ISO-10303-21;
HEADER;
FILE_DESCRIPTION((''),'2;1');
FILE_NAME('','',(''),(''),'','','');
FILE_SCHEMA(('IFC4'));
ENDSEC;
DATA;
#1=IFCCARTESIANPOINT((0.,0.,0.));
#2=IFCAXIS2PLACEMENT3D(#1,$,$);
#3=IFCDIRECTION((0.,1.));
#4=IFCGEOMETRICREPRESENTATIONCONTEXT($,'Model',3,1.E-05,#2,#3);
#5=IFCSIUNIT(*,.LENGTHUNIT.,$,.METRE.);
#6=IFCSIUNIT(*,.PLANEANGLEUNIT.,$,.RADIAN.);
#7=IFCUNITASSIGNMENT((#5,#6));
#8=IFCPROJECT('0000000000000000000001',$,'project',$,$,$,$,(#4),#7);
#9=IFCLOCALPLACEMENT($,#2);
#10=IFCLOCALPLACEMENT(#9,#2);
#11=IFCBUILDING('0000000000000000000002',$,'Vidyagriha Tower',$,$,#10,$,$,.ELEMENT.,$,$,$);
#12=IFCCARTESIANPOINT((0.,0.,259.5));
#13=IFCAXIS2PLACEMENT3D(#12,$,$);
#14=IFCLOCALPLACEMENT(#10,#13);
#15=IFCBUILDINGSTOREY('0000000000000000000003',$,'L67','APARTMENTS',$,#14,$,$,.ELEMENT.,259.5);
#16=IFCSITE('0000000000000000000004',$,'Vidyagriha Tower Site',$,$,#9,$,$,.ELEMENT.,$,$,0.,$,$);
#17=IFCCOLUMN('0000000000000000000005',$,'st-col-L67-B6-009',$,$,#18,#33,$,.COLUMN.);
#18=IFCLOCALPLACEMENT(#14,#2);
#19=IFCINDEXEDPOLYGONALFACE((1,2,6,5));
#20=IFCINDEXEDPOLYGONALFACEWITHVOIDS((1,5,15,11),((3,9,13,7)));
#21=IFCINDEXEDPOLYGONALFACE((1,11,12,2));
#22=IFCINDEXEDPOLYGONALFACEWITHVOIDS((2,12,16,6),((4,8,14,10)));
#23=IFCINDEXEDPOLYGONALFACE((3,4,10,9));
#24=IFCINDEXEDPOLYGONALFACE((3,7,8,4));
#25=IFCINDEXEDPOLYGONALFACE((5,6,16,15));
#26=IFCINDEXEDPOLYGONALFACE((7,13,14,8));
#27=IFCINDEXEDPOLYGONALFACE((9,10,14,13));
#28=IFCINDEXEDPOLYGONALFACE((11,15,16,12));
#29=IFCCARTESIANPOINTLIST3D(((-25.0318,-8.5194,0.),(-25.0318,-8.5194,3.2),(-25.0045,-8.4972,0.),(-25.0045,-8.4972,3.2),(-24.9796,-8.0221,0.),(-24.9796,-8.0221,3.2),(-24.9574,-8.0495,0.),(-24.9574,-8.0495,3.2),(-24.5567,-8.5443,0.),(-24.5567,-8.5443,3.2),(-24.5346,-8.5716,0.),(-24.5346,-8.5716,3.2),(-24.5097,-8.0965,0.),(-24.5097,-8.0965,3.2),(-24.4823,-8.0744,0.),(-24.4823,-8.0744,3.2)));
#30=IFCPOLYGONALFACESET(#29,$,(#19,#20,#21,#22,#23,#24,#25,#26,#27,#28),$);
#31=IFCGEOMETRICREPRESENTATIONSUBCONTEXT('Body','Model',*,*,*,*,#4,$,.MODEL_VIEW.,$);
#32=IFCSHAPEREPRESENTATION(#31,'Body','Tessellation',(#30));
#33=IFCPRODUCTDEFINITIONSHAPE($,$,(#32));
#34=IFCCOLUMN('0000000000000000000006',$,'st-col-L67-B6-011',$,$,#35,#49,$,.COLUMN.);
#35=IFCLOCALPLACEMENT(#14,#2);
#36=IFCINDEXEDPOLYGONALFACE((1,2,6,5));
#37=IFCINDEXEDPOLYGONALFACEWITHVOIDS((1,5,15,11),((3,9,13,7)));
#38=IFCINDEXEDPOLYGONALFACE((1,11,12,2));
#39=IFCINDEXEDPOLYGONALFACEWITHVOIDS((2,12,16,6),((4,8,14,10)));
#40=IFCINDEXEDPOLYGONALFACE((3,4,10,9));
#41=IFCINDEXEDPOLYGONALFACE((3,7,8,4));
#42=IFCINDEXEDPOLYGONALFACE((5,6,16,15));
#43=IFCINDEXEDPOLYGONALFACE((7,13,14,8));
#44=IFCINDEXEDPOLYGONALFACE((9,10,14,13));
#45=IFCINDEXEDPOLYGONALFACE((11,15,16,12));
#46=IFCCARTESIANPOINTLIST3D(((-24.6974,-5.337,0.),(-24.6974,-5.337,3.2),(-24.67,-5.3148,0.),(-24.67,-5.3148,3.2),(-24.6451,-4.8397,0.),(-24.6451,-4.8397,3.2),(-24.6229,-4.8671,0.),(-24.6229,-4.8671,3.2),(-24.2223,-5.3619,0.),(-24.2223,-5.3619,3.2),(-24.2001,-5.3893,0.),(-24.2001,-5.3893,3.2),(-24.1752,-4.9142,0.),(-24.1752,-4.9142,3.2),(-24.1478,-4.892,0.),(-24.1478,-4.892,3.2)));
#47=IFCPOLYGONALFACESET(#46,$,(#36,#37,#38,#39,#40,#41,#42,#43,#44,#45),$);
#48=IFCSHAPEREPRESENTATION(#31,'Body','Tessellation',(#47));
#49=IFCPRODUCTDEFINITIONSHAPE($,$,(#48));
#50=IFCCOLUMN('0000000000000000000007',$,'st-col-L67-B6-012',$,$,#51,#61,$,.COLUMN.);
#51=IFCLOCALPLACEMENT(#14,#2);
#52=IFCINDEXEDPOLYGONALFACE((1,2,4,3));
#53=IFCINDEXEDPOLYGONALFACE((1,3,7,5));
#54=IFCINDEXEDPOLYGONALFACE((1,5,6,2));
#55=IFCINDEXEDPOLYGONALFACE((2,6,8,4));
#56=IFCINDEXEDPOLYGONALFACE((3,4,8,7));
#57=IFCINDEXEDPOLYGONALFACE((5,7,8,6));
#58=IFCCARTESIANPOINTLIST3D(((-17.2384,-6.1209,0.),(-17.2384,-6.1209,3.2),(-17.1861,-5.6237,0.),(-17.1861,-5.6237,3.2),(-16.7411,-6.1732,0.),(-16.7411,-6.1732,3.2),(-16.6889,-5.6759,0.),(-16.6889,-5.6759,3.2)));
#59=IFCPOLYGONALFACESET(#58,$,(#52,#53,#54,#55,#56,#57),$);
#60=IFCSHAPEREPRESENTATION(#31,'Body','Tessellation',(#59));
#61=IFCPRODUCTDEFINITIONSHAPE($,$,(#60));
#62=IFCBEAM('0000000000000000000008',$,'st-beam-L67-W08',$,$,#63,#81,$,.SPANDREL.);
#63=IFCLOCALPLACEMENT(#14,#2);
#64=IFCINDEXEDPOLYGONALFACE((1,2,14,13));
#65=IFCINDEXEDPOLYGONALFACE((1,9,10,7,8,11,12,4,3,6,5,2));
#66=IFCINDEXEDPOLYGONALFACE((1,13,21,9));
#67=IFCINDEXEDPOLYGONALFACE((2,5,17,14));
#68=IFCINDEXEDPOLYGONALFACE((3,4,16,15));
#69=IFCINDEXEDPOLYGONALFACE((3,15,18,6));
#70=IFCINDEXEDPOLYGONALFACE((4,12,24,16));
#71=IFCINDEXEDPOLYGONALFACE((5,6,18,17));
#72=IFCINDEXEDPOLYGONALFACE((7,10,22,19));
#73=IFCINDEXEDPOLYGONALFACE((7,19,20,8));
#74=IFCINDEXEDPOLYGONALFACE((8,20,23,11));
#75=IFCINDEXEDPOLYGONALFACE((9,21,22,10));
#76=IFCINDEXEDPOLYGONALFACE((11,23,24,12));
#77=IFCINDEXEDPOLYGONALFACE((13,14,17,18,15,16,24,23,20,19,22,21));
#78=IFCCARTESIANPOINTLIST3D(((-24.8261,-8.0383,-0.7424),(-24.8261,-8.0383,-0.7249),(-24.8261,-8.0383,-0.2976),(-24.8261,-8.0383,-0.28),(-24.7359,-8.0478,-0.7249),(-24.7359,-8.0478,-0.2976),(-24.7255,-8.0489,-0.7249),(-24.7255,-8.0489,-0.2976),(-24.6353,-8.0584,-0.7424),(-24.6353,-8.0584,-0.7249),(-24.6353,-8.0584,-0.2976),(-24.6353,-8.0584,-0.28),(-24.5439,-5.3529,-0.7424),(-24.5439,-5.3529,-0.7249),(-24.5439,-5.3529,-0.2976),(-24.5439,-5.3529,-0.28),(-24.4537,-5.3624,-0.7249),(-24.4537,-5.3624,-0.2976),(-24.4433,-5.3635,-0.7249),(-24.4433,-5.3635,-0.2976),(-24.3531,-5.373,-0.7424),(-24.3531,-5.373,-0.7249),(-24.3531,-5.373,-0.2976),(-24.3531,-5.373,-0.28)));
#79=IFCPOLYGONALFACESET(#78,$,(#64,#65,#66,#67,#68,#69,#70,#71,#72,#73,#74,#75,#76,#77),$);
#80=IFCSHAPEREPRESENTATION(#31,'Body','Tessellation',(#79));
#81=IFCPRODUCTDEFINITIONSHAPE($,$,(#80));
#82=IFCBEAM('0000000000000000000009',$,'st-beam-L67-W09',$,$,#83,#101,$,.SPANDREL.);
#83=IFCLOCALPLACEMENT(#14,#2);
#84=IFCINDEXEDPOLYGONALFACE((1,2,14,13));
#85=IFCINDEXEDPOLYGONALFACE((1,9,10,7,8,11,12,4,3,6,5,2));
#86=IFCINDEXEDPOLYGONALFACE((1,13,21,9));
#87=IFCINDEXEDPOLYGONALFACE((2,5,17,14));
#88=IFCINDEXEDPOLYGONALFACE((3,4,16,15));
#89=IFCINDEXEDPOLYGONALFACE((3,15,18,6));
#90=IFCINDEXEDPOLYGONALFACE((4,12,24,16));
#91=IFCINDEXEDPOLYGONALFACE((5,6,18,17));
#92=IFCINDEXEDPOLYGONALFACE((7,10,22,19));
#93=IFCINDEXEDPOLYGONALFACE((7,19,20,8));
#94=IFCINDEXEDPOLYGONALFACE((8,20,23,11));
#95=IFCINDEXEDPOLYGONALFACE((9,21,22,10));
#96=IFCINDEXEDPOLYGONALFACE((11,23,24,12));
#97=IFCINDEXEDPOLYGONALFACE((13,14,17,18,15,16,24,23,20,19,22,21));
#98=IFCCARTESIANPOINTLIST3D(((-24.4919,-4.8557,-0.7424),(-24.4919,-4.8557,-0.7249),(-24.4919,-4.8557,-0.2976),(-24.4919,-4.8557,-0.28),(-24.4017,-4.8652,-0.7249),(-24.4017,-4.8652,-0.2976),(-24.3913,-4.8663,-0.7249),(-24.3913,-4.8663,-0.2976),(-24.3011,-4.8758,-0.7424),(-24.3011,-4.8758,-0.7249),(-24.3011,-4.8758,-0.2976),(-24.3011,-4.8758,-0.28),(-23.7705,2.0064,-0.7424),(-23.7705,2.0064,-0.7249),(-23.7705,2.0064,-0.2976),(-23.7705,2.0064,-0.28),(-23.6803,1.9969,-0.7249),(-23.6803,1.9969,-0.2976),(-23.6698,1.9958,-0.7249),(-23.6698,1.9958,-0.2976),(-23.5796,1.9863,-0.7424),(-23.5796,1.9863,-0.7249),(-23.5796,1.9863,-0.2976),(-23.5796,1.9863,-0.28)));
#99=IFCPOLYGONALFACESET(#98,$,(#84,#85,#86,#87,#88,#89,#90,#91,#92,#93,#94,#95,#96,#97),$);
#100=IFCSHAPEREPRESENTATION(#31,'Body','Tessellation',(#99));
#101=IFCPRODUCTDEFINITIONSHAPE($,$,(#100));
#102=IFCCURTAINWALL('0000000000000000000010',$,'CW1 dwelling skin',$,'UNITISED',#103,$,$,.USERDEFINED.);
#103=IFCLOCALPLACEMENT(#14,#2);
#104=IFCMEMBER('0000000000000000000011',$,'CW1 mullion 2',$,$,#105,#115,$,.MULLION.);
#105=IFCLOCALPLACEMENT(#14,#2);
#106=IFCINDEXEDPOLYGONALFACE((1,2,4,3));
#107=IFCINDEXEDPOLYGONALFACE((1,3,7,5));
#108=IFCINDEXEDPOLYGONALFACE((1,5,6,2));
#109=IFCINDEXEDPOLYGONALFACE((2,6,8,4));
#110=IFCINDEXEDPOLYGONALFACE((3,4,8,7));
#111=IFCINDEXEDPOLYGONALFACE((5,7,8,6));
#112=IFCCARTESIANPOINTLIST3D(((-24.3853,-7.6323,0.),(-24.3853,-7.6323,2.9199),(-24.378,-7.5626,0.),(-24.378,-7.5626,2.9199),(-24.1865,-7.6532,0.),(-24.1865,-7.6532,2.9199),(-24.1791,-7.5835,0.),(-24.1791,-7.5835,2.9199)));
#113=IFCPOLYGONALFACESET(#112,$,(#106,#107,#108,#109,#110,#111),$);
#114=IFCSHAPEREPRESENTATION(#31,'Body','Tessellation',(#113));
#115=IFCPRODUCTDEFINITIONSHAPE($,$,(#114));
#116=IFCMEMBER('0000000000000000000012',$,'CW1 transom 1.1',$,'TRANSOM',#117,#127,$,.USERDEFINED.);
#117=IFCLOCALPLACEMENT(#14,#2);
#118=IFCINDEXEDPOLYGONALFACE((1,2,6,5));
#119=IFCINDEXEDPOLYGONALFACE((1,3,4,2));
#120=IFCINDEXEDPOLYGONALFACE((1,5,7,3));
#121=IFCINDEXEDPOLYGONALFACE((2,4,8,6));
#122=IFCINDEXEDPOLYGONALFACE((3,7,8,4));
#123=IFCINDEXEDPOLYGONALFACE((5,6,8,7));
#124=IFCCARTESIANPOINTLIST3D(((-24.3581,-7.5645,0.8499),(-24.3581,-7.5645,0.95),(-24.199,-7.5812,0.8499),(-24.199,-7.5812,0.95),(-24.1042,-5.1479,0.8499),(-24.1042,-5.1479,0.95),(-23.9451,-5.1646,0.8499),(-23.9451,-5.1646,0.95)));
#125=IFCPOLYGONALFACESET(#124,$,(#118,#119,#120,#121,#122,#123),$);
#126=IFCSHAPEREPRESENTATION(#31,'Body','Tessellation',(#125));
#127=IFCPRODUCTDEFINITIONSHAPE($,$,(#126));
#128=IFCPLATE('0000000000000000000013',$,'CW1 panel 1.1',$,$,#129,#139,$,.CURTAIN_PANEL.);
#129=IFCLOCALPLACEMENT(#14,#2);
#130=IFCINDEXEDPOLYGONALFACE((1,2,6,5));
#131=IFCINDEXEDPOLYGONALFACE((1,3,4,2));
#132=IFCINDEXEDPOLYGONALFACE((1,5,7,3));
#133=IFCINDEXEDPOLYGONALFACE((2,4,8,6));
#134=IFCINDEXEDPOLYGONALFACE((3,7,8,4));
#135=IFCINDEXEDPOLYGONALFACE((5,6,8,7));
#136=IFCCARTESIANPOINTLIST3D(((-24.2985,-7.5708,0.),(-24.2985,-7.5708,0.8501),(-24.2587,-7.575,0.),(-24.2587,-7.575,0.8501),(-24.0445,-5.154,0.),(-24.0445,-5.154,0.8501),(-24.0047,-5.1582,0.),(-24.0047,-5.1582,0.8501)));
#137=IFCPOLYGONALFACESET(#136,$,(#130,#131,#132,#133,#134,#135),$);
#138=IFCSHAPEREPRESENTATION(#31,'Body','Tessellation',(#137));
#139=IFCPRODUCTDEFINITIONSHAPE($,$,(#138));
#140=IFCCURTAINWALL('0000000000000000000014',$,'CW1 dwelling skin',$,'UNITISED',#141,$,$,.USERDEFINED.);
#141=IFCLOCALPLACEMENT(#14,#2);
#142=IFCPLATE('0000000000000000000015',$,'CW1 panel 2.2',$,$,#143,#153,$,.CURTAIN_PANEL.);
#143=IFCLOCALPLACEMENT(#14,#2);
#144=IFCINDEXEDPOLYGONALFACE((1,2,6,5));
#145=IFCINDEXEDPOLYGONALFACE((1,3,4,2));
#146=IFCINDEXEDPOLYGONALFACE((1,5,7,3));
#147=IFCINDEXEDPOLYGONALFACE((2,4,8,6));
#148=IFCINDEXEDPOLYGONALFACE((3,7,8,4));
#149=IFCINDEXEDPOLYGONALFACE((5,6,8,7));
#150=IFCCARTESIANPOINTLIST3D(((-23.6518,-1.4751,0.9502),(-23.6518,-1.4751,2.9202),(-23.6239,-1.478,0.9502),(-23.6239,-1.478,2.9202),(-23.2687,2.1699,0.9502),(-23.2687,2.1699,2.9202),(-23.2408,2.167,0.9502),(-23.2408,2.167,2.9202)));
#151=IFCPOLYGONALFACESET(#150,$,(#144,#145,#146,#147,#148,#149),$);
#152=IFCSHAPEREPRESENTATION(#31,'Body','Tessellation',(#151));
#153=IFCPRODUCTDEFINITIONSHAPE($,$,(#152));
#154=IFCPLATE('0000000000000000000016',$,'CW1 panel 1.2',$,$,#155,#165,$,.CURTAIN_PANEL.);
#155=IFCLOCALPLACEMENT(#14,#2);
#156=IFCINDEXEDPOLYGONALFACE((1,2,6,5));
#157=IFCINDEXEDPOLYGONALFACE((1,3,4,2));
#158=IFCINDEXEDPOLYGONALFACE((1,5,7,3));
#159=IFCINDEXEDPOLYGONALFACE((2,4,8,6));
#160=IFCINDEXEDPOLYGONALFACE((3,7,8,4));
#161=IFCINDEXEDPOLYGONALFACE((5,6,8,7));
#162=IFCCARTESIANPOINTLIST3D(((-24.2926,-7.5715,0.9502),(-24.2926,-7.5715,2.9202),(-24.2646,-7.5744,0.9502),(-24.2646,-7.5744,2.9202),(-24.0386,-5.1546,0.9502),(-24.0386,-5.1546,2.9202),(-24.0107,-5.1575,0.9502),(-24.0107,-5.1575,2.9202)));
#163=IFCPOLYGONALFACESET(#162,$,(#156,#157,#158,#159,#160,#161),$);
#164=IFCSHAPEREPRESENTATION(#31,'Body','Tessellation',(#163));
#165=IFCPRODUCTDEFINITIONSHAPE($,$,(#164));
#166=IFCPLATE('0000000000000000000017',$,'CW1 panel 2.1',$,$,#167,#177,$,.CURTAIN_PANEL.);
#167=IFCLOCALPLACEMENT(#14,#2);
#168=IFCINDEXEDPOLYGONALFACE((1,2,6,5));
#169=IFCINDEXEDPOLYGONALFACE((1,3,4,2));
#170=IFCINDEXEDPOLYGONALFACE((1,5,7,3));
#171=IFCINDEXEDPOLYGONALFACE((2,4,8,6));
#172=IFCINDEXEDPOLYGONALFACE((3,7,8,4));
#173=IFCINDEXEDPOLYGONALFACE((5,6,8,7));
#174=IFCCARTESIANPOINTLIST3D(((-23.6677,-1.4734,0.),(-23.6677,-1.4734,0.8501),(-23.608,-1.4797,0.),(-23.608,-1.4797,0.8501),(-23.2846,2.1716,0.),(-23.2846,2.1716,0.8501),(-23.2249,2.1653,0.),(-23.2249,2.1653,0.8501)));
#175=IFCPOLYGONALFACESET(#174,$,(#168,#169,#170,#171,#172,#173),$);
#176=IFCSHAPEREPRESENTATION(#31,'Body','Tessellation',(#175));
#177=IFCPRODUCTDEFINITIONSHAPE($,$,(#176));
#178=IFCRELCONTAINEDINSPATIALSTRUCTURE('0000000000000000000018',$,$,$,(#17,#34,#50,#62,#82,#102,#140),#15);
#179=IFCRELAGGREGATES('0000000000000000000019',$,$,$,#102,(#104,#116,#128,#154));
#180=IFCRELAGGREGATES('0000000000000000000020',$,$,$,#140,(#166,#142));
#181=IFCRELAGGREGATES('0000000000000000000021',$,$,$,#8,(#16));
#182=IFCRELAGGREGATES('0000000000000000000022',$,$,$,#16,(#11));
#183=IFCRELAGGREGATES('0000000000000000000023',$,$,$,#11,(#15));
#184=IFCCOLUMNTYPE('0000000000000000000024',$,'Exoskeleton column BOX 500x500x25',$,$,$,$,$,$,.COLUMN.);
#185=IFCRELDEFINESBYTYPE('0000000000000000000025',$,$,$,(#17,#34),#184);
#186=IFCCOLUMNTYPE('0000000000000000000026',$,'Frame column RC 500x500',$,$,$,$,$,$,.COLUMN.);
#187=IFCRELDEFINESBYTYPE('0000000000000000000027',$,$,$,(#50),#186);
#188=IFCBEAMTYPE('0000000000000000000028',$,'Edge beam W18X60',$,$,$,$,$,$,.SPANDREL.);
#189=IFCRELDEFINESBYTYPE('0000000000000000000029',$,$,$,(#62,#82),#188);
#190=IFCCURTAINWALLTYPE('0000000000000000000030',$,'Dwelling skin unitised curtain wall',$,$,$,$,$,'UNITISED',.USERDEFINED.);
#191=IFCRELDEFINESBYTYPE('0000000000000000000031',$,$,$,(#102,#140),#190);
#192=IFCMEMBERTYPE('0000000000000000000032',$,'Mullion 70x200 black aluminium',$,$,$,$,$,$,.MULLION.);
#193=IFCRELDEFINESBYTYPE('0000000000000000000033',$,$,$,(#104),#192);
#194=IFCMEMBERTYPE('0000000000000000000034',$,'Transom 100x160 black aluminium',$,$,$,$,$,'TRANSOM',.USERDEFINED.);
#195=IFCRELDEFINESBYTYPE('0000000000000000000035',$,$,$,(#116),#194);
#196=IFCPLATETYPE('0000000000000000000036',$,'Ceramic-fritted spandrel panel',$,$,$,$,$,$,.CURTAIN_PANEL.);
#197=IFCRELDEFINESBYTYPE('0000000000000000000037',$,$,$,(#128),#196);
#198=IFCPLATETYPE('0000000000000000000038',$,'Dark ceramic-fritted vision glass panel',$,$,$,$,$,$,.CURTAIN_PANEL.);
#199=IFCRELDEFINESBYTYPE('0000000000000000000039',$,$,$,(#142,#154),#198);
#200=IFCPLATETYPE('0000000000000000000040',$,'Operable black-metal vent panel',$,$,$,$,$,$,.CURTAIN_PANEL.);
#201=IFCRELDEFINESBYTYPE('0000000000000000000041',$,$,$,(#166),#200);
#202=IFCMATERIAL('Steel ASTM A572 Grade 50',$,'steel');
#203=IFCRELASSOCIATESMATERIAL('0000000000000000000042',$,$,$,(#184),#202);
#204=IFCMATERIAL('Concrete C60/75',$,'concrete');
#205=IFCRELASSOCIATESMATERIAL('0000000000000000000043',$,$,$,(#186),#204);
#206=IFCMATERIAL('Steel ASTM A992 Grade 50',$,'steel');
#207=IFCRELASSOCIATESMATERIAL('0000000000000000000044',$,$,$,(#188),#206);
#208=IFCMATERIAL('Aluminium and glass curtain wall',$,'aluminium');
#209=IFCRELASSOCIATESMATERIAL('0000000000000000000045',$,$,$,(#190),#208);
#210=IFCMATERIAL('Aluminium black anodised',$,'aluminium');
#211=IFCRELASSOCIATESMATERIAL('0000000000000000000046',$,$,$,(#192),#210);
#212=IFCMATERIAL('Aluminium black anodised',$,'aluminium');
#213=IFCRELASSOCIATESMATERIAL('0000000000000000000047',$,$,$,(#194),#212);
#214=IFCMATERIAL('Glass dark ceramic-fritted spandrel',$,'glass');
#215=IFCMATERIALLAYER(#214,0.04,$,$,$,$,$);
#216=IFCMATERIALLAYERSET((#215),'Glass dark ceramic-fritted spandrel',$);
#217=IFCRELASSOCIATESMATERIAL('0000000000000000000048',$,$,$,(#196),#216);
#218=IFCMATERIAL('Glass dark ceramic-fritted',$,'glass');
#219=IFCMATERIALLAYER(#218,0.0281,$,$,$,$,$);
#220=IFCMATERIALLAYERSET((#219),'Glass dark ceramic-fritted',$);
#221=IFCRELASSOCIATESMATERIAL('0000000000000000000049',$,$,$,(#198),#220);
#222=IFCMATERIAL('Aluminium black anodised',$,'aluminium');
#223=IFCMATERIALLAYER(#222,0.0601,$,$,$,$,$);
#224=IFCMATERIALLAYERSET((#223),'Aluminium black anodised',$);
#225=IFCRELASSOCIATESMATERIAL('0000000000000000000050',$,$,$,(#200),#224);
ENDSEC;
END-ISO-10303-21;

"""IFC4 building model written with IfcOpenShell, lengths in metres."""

from ifc_helpers import new_model, si_unit, direction, frame, origin, origin_2d, place, context, subcontext, project, spatial, rectangle, hollow_rectangle, i_section, extrude, material, layer, layer_set, material_profile, profile_set, type_object, element, aggregate, save


model = new_model("IFC4")

# Units and contexts
model_context = context("Model", 3, precision=1e-05, world=origin(), true_north=direction((0.0, 1.0)))
body_context = subcontext(model_context, "Body", "Model", "MODEL_VIEW")
ifc_project = project(units=[si_unit("LENGTHUNIT", "METRE"), si_unit("PLANEANGLEUNIT", "RADIAN")], contexts=[model_context])

# Site, building, storey
site_placement = place(None, origin())
site = spatial("IfcSite", under=ifc_project, at=site_placement, Name="Vidyagriha Tower Site", CompositionType="ELEMENT", RefElevation=0.0)
building_placement = place(site_placement, origin())
building = spatial("IfcBuilding", under=site, at=building_placement, Name="Vidyagriha Tower", CompositionType="ELEMENT")
storey_placement = place(building_placement, frame((0.0, 0.0, 259.5)))
storey = spatial("IfcBuildingStorey", under=building, at=storey_placement, Name="L67", Description="APARTMENTS", CompositionType="ELEMENT", Elevation=259.5)

# Columns
ifc_material_1 = material(Name="Steel ASTM A572 Grade 50", Category="steel")
ifc_material_profile_1 = material_profile(ifc_material_1, hollow_rectangle(XDim=0.5, YDim=0.5, WallThickness=0.0249, at=origin_2d()), Name="BOX 500x500x25")
ifc_profile_set_1 = profile_set([ifc_material_profile_1], Name="Steel ASTM A572 Grade 50")
column_type_1 = type_object("IfcColumnType", Name="Exoskeleton column BOX 500x500x25", PredefinedType="COLUMN", material=ifc_profile_set_1)
for number, where, z_axis, x_axis, name in (
    (1, (-24.7571, -8.2969, 0.0), (0.0, 0.0, 1.0), (0.994522, -0.104528, 0.0), "st-col-L67-B6-009"),
    (2, (-24.4226, -5.1145, 0.0), (0.0, 0.0, 1.0), (0.994522, -0.104528, 0.0), "st-col-L67-B6-011"),
):
    element("IfcColumn", number, at=place(storey_placement, frame(where, z_axis=z_axis, x_axis=x_axis)), inside=storey, type_object=column_type_1, Name=name, PredefinedType="COLUMN", context=body_context, shape_type="SweptSolid", body=[
        extrude(hollow_rectangle(XDim=0.5, YDim=0.5, WallThickness=0.0249, at=origin_2d()), origin(), (0.0, 0.0, 1.0), 3.2),
    ])
ifc_material_2 = material(Name="Concrete C60/75", Category="concrete")
ifc_material_profile_2 = material_profile(ifc_material_2, rectangle(XDim=0.5, YDim=0.5, at=origin_2d()), Name="RC 500x500")
ifc_profile_set_2 = profile_set([ifc_material_profile_2], Name="Concrete C60/75")
column_type_2 = type_object("IfcColumnType", Name="Frame column RC 500x500", PredefinedType="COLUMN", material=ifc_profile_set_2)
column_placement = place(storey_placement, frame((-16.9636, -5.8984, 0.0), z_axis=(0.0, 0.0, 1.0), x_axis=(0.994522, -0.104528, 0.0)))
element("IfcColumn", 3, at=column_placement, inside=storey, type_object=column_type_2, Name="st-col-L67-B6-012", PredefinedType="COLUMN", context=body_context, shape_type="SweptSolid", body=[
    extrude(rectangle(XDim=0.5, YDim=0.5, at=origin_2d()), origin(), (0.0, 0.0, 1.0), 3.2),
])

# Beams
ifc_material_3 = material(Name="Steel ASTM A992 Grade 50", Category="steel")
ifc_material_profile_3 = material_profile(ifc_material_3, i_section(OverallWidth=0.1919, OverallDepth=0.4624, WebThickness=0.0105, FlangeThickness=0.0176, at=origin_2d()), Name="W18X60")
ifc_profile_set_3 = profile_set([ifc_material_profile_3], Name="Steel ASTM A992 Grade 50")
beam_type = type_object("IfcBeamType", Name="Edge beam W18X60", PredefinedType="SPANDREL", material=ifc_profile_set_3)
beam_1_placement = place(storey_placement, frame((-24.7307, -8.0483, -0.5112), z_axis=(0.104525, 0.994522, 0.0), x_axis=(-0.994522, 0.104525, 0.0)))
element("IfcBeam", 4, at=beam_1_placement, inside=storey, type_object=beam_type, Name="st-beam-L67-W08", PredefinedType="SPANDREL", context=body_context, shape_type="SweptSolid", body=[
    extrude(i_section(OverallWidth=0.1919, OverallDepth=0.4624, WebThickness=0.0105, FlangeThickness=0.0176, at=origin_2d()), origin(), (0.0, 0.0, 1.0), 2.7002),
])
beam_2_placement = place(storey_placement, frame((-24.3965, -4.8657, -0.5112), z_axis=(0.104558, 0.994519, 0.0), x_axis=(-0.994519, 0.104558, 0.0)))
element("IfcBeam", 5, at=beam_2_placement, inside=storey, type_object=beam_type, Name="st-beam-L67-W09", PredefinedType="SPANDREL", context=body_context, shape_type="SweptSolid", body=[
    extrude(i_section(OverallWidth=0.1919, OverallDepth=0.4624, WebThickness=0.0105, FlangeThickness=0.0176, at=origin_2d()), origin(), (0.0, 0.0, 1.0), 6.8999),
])

# Curtain wall, members, plate
ifc_material_4 = material(Name="Aluminium and glass curtain wall", Category="aluminium")
curtain_wall_type = type_object("IfcCurtainWallType", Name="Dwelling skin unitised curtain wall", ElementType="UNITISED", PredefinedType="USERDEFINED", material=ifc_material_4)
curtain_wall_1_placement = place(storey_placement, origin())
curtain_wall_1 = element("IfcCurtainWall", 6, at=curtain_wall_1_placement, inside=storey, type_object=curtain_wall_type, Name="CW1 dwelling skin", ObjectType="UNITISED", PredefinedType="USERDEFINED")
ifc_material_5 = material(Name="Aluminium black anodised", Category="aluminium")
ifc_material_profile_4 = material_profile(ifc_material_5, rectangle(XDim=0.2, YDim=0.0701, at=origin_2d()), Name="Mullion 70x200 black aluminium")
ifc_profile_set_4 = profile_set([ifc_material_profile_4], Name="Aluminium black anodised")
member_type_1 = type_object("IfcMemberType", Name="Mullion 70x200 black aluminium", PredefinedType="MULLION", material=ifc_profile_set_4)
member_1_placement = place(storey_placement, frame((-24.2822, -7.6079, 0.0), z_axis=(0.0, 0.0, 1.0), x_axis=(0.994523, -0.104516, 0.0)))
member_1 = element("IfcMember", 7, at=member_1_placement, type_object=member_type_1, Name="CW1 mullion 2", PredefinedType="MULLION", context=body_context, shape_type="SweptSolid", body=[
    extrude(rectangle(XDim=0.2, YDim=0.0701, at=origin_2d()), origin(), (0.0, 0.0, 1.0), 2.9199),
])
ifc_material_6 = material(Name="Aluminium black anodised", Category="aluminium")
ifc_material_profile_5 = material_profile(ifc_material_6, rectangle(XDim=0.1599, YDim=0.1001, at=origin_2d()), Name="Transom 100x160 black aluminium")
ifc_profile_set_5 = profile_set([ifc_material_profile_5], Name="Aluminium black anodised")
member_type_2 = type_object("IfcMemberType", Name="Transom 100x160 black aluminium", ElementType="TRANSOM", PredefinedType="USERDEFINED", material=ifc_profile_set_5)
member_2_placement = place(storey_placement, frame((-24.0247, -5.1562, 0.8999), z_axis=(-0.104486, -0.994526, 0.0), x_axis=(0.994526, -0.104486, 0.0)))
member_2 = element("IfcMember", 8, at=member_2_placement, type_object=member_type_2, Name="CW1 transom 1.1", ObjectType="TRANSOM", PredefinedType="USERDEFINED", context=body_context, shape_type="SweptSolid", body=[
    extrude(rectangle(XDim=0.1599, YDim=0.1001, at=origin_2d()), origin(), (0.0, 0.0, 1.0), 2.4299),
])
ifc_material_7 = material(Name="Glass dark ceramic-fritted spandrel", Category="glass")
ifc_layer_1 = layer(ifc_material_7, 0.04)
ifc_layer_set_1 = layer_set([ifc_layer_1], Name="Glass dark ceramic-fritted spandrel")
plate_type_1 = type_object("IfcPlateType", Name="Ceramic-fritted spandrel panel", PredefinedType="CURTAIN_PANEL", material=ifc_layer_set_1)
plate_1_placement = place(storey_placement, frame((-24.1516, -6.3645, 0.0), z_axis=(0.0, 0.0, 1.0), x_axis=(-0.104516, -0.994523, 0.0)))
plate_1 = element("IfcPlate", 9, at=plate_1_placement, type_object=plate_type_1, Name="CW1 panel 1.1", PredefinedType="CURTAIN_PANEL", context=body_context, shape_type="SweptSolid", body=[
    extrude(rectangle(XDim=2.4302, YDim=0.04, at=origin_2d()), origin(), (0.0, 0.0, 1.0), 0.8501),
])

# Curtain wall, plate
curtain_wall_2_placement = place(storey_placement, origin())
curtain_wall_2 = element("IfcCurtainWall", 10, at=curtain_wall_2_placement, inside=storey, type_object=curtain_wall_type, Name="CW1 dwelling skin", ObjectType="UNITISED", PredefinedType="USERDEFINED")
ifc_material_8 = material(Name="Glass dark ceramic-fritted", Category="glass")
ifc_layer_2 = layer(ifc_material_8, 0.0281)
ifc_layer_set_2 = layer_set([ifc_layer_2], Name="Glass dark ceramic-fritted")
plate_type_2 = type_object("IfcPlateType", Name="Dark ceramic-fritted vision glass panel", PredefinedType="CURTAIN_PANEL", material=ifc_layer_set_2)
plate_2_placement = place(storey_placement, frame((-23.4463, 0.3459, 0.9502), z_axis=(0.0, 0.0, 1.0), x_axis=(-0.104533, -0.994521, 0.0)))
plate_2 = element("IfcPlate", 11, at=plate_2_placement, type_object=plate_type_2, Name="CW1 panel 2.2", PredefinedType="CURTAIN_PANEL", context=body_context, shape_type="SweptSolid", body=[
    extrude(rectangle(XDim=3.665, YDim=0.0281, at=origin_2d()), origin(), (0.0, 0.0, 1.0), 1.97),
])

# Plates
plate_3_placement = place(storey_placement, frame((-24.1516, -6.3645, 0.9502), z_axis=(0.0, 0.0, 1.0), x_axis=(-0.104516, -0.994523, 0.0)))
plate_3 = element("IfcPlate", 12, at=plate_3_placement, type_object=plate_type_2, Name="CW1 panel 1.2", PredefinedType="CURTAIN_PANEL", context=body_context, shape_type="SweptSolid", body=[
    extrude(rectangle(XDim=2.4302, YDim=0.0281, at=origin_2d()), origin(), (0.0, 0.0, 1.0), 1.97),
])
aggregate(curtain_wall_1, [member_1, member_2, plate_1, plate_3])
ifc_material_9 = material(Name="Aluminium black anodised", Category="aluminium")
ifc_layer_3 = layer(ifc_material_9, 0.0601)
ifc_layer_set_3 = layer_set([ifc_layer_3], Name="Aluminium black anodised")
plate_type_3 = type_object("IfcPlateType", Name="Operable black-metal vent panel", PredefinedType="CURTAIN_PANEL", material=ifc_layer_set_3)
plate_4_placement = place(storey_placement, frame((-23.4463, 0.3459, 0.0), z_axis=(0.0, 0.0, 1.0), x_axis=(-0.104533, -0.994521, 0.0)))
plate_4 = element("IfcPlate", 13, at=plate_4_placement, type_object=plate_type_3, Name="CW1 panel 2.1", PredefinedType="CURTAIN_PANEL", context=body_context, shape_type="SweptSolid", body=[
    extrude(rectangle(XDim=3.665, YDim=0.0601, at=origin_2d()), origin(), (0.0, 0.0, 1.0), 0.8501),
])
aggregate(curtain_wall_2, [plate_4, plate_2])

save(model, "model.ifc")
